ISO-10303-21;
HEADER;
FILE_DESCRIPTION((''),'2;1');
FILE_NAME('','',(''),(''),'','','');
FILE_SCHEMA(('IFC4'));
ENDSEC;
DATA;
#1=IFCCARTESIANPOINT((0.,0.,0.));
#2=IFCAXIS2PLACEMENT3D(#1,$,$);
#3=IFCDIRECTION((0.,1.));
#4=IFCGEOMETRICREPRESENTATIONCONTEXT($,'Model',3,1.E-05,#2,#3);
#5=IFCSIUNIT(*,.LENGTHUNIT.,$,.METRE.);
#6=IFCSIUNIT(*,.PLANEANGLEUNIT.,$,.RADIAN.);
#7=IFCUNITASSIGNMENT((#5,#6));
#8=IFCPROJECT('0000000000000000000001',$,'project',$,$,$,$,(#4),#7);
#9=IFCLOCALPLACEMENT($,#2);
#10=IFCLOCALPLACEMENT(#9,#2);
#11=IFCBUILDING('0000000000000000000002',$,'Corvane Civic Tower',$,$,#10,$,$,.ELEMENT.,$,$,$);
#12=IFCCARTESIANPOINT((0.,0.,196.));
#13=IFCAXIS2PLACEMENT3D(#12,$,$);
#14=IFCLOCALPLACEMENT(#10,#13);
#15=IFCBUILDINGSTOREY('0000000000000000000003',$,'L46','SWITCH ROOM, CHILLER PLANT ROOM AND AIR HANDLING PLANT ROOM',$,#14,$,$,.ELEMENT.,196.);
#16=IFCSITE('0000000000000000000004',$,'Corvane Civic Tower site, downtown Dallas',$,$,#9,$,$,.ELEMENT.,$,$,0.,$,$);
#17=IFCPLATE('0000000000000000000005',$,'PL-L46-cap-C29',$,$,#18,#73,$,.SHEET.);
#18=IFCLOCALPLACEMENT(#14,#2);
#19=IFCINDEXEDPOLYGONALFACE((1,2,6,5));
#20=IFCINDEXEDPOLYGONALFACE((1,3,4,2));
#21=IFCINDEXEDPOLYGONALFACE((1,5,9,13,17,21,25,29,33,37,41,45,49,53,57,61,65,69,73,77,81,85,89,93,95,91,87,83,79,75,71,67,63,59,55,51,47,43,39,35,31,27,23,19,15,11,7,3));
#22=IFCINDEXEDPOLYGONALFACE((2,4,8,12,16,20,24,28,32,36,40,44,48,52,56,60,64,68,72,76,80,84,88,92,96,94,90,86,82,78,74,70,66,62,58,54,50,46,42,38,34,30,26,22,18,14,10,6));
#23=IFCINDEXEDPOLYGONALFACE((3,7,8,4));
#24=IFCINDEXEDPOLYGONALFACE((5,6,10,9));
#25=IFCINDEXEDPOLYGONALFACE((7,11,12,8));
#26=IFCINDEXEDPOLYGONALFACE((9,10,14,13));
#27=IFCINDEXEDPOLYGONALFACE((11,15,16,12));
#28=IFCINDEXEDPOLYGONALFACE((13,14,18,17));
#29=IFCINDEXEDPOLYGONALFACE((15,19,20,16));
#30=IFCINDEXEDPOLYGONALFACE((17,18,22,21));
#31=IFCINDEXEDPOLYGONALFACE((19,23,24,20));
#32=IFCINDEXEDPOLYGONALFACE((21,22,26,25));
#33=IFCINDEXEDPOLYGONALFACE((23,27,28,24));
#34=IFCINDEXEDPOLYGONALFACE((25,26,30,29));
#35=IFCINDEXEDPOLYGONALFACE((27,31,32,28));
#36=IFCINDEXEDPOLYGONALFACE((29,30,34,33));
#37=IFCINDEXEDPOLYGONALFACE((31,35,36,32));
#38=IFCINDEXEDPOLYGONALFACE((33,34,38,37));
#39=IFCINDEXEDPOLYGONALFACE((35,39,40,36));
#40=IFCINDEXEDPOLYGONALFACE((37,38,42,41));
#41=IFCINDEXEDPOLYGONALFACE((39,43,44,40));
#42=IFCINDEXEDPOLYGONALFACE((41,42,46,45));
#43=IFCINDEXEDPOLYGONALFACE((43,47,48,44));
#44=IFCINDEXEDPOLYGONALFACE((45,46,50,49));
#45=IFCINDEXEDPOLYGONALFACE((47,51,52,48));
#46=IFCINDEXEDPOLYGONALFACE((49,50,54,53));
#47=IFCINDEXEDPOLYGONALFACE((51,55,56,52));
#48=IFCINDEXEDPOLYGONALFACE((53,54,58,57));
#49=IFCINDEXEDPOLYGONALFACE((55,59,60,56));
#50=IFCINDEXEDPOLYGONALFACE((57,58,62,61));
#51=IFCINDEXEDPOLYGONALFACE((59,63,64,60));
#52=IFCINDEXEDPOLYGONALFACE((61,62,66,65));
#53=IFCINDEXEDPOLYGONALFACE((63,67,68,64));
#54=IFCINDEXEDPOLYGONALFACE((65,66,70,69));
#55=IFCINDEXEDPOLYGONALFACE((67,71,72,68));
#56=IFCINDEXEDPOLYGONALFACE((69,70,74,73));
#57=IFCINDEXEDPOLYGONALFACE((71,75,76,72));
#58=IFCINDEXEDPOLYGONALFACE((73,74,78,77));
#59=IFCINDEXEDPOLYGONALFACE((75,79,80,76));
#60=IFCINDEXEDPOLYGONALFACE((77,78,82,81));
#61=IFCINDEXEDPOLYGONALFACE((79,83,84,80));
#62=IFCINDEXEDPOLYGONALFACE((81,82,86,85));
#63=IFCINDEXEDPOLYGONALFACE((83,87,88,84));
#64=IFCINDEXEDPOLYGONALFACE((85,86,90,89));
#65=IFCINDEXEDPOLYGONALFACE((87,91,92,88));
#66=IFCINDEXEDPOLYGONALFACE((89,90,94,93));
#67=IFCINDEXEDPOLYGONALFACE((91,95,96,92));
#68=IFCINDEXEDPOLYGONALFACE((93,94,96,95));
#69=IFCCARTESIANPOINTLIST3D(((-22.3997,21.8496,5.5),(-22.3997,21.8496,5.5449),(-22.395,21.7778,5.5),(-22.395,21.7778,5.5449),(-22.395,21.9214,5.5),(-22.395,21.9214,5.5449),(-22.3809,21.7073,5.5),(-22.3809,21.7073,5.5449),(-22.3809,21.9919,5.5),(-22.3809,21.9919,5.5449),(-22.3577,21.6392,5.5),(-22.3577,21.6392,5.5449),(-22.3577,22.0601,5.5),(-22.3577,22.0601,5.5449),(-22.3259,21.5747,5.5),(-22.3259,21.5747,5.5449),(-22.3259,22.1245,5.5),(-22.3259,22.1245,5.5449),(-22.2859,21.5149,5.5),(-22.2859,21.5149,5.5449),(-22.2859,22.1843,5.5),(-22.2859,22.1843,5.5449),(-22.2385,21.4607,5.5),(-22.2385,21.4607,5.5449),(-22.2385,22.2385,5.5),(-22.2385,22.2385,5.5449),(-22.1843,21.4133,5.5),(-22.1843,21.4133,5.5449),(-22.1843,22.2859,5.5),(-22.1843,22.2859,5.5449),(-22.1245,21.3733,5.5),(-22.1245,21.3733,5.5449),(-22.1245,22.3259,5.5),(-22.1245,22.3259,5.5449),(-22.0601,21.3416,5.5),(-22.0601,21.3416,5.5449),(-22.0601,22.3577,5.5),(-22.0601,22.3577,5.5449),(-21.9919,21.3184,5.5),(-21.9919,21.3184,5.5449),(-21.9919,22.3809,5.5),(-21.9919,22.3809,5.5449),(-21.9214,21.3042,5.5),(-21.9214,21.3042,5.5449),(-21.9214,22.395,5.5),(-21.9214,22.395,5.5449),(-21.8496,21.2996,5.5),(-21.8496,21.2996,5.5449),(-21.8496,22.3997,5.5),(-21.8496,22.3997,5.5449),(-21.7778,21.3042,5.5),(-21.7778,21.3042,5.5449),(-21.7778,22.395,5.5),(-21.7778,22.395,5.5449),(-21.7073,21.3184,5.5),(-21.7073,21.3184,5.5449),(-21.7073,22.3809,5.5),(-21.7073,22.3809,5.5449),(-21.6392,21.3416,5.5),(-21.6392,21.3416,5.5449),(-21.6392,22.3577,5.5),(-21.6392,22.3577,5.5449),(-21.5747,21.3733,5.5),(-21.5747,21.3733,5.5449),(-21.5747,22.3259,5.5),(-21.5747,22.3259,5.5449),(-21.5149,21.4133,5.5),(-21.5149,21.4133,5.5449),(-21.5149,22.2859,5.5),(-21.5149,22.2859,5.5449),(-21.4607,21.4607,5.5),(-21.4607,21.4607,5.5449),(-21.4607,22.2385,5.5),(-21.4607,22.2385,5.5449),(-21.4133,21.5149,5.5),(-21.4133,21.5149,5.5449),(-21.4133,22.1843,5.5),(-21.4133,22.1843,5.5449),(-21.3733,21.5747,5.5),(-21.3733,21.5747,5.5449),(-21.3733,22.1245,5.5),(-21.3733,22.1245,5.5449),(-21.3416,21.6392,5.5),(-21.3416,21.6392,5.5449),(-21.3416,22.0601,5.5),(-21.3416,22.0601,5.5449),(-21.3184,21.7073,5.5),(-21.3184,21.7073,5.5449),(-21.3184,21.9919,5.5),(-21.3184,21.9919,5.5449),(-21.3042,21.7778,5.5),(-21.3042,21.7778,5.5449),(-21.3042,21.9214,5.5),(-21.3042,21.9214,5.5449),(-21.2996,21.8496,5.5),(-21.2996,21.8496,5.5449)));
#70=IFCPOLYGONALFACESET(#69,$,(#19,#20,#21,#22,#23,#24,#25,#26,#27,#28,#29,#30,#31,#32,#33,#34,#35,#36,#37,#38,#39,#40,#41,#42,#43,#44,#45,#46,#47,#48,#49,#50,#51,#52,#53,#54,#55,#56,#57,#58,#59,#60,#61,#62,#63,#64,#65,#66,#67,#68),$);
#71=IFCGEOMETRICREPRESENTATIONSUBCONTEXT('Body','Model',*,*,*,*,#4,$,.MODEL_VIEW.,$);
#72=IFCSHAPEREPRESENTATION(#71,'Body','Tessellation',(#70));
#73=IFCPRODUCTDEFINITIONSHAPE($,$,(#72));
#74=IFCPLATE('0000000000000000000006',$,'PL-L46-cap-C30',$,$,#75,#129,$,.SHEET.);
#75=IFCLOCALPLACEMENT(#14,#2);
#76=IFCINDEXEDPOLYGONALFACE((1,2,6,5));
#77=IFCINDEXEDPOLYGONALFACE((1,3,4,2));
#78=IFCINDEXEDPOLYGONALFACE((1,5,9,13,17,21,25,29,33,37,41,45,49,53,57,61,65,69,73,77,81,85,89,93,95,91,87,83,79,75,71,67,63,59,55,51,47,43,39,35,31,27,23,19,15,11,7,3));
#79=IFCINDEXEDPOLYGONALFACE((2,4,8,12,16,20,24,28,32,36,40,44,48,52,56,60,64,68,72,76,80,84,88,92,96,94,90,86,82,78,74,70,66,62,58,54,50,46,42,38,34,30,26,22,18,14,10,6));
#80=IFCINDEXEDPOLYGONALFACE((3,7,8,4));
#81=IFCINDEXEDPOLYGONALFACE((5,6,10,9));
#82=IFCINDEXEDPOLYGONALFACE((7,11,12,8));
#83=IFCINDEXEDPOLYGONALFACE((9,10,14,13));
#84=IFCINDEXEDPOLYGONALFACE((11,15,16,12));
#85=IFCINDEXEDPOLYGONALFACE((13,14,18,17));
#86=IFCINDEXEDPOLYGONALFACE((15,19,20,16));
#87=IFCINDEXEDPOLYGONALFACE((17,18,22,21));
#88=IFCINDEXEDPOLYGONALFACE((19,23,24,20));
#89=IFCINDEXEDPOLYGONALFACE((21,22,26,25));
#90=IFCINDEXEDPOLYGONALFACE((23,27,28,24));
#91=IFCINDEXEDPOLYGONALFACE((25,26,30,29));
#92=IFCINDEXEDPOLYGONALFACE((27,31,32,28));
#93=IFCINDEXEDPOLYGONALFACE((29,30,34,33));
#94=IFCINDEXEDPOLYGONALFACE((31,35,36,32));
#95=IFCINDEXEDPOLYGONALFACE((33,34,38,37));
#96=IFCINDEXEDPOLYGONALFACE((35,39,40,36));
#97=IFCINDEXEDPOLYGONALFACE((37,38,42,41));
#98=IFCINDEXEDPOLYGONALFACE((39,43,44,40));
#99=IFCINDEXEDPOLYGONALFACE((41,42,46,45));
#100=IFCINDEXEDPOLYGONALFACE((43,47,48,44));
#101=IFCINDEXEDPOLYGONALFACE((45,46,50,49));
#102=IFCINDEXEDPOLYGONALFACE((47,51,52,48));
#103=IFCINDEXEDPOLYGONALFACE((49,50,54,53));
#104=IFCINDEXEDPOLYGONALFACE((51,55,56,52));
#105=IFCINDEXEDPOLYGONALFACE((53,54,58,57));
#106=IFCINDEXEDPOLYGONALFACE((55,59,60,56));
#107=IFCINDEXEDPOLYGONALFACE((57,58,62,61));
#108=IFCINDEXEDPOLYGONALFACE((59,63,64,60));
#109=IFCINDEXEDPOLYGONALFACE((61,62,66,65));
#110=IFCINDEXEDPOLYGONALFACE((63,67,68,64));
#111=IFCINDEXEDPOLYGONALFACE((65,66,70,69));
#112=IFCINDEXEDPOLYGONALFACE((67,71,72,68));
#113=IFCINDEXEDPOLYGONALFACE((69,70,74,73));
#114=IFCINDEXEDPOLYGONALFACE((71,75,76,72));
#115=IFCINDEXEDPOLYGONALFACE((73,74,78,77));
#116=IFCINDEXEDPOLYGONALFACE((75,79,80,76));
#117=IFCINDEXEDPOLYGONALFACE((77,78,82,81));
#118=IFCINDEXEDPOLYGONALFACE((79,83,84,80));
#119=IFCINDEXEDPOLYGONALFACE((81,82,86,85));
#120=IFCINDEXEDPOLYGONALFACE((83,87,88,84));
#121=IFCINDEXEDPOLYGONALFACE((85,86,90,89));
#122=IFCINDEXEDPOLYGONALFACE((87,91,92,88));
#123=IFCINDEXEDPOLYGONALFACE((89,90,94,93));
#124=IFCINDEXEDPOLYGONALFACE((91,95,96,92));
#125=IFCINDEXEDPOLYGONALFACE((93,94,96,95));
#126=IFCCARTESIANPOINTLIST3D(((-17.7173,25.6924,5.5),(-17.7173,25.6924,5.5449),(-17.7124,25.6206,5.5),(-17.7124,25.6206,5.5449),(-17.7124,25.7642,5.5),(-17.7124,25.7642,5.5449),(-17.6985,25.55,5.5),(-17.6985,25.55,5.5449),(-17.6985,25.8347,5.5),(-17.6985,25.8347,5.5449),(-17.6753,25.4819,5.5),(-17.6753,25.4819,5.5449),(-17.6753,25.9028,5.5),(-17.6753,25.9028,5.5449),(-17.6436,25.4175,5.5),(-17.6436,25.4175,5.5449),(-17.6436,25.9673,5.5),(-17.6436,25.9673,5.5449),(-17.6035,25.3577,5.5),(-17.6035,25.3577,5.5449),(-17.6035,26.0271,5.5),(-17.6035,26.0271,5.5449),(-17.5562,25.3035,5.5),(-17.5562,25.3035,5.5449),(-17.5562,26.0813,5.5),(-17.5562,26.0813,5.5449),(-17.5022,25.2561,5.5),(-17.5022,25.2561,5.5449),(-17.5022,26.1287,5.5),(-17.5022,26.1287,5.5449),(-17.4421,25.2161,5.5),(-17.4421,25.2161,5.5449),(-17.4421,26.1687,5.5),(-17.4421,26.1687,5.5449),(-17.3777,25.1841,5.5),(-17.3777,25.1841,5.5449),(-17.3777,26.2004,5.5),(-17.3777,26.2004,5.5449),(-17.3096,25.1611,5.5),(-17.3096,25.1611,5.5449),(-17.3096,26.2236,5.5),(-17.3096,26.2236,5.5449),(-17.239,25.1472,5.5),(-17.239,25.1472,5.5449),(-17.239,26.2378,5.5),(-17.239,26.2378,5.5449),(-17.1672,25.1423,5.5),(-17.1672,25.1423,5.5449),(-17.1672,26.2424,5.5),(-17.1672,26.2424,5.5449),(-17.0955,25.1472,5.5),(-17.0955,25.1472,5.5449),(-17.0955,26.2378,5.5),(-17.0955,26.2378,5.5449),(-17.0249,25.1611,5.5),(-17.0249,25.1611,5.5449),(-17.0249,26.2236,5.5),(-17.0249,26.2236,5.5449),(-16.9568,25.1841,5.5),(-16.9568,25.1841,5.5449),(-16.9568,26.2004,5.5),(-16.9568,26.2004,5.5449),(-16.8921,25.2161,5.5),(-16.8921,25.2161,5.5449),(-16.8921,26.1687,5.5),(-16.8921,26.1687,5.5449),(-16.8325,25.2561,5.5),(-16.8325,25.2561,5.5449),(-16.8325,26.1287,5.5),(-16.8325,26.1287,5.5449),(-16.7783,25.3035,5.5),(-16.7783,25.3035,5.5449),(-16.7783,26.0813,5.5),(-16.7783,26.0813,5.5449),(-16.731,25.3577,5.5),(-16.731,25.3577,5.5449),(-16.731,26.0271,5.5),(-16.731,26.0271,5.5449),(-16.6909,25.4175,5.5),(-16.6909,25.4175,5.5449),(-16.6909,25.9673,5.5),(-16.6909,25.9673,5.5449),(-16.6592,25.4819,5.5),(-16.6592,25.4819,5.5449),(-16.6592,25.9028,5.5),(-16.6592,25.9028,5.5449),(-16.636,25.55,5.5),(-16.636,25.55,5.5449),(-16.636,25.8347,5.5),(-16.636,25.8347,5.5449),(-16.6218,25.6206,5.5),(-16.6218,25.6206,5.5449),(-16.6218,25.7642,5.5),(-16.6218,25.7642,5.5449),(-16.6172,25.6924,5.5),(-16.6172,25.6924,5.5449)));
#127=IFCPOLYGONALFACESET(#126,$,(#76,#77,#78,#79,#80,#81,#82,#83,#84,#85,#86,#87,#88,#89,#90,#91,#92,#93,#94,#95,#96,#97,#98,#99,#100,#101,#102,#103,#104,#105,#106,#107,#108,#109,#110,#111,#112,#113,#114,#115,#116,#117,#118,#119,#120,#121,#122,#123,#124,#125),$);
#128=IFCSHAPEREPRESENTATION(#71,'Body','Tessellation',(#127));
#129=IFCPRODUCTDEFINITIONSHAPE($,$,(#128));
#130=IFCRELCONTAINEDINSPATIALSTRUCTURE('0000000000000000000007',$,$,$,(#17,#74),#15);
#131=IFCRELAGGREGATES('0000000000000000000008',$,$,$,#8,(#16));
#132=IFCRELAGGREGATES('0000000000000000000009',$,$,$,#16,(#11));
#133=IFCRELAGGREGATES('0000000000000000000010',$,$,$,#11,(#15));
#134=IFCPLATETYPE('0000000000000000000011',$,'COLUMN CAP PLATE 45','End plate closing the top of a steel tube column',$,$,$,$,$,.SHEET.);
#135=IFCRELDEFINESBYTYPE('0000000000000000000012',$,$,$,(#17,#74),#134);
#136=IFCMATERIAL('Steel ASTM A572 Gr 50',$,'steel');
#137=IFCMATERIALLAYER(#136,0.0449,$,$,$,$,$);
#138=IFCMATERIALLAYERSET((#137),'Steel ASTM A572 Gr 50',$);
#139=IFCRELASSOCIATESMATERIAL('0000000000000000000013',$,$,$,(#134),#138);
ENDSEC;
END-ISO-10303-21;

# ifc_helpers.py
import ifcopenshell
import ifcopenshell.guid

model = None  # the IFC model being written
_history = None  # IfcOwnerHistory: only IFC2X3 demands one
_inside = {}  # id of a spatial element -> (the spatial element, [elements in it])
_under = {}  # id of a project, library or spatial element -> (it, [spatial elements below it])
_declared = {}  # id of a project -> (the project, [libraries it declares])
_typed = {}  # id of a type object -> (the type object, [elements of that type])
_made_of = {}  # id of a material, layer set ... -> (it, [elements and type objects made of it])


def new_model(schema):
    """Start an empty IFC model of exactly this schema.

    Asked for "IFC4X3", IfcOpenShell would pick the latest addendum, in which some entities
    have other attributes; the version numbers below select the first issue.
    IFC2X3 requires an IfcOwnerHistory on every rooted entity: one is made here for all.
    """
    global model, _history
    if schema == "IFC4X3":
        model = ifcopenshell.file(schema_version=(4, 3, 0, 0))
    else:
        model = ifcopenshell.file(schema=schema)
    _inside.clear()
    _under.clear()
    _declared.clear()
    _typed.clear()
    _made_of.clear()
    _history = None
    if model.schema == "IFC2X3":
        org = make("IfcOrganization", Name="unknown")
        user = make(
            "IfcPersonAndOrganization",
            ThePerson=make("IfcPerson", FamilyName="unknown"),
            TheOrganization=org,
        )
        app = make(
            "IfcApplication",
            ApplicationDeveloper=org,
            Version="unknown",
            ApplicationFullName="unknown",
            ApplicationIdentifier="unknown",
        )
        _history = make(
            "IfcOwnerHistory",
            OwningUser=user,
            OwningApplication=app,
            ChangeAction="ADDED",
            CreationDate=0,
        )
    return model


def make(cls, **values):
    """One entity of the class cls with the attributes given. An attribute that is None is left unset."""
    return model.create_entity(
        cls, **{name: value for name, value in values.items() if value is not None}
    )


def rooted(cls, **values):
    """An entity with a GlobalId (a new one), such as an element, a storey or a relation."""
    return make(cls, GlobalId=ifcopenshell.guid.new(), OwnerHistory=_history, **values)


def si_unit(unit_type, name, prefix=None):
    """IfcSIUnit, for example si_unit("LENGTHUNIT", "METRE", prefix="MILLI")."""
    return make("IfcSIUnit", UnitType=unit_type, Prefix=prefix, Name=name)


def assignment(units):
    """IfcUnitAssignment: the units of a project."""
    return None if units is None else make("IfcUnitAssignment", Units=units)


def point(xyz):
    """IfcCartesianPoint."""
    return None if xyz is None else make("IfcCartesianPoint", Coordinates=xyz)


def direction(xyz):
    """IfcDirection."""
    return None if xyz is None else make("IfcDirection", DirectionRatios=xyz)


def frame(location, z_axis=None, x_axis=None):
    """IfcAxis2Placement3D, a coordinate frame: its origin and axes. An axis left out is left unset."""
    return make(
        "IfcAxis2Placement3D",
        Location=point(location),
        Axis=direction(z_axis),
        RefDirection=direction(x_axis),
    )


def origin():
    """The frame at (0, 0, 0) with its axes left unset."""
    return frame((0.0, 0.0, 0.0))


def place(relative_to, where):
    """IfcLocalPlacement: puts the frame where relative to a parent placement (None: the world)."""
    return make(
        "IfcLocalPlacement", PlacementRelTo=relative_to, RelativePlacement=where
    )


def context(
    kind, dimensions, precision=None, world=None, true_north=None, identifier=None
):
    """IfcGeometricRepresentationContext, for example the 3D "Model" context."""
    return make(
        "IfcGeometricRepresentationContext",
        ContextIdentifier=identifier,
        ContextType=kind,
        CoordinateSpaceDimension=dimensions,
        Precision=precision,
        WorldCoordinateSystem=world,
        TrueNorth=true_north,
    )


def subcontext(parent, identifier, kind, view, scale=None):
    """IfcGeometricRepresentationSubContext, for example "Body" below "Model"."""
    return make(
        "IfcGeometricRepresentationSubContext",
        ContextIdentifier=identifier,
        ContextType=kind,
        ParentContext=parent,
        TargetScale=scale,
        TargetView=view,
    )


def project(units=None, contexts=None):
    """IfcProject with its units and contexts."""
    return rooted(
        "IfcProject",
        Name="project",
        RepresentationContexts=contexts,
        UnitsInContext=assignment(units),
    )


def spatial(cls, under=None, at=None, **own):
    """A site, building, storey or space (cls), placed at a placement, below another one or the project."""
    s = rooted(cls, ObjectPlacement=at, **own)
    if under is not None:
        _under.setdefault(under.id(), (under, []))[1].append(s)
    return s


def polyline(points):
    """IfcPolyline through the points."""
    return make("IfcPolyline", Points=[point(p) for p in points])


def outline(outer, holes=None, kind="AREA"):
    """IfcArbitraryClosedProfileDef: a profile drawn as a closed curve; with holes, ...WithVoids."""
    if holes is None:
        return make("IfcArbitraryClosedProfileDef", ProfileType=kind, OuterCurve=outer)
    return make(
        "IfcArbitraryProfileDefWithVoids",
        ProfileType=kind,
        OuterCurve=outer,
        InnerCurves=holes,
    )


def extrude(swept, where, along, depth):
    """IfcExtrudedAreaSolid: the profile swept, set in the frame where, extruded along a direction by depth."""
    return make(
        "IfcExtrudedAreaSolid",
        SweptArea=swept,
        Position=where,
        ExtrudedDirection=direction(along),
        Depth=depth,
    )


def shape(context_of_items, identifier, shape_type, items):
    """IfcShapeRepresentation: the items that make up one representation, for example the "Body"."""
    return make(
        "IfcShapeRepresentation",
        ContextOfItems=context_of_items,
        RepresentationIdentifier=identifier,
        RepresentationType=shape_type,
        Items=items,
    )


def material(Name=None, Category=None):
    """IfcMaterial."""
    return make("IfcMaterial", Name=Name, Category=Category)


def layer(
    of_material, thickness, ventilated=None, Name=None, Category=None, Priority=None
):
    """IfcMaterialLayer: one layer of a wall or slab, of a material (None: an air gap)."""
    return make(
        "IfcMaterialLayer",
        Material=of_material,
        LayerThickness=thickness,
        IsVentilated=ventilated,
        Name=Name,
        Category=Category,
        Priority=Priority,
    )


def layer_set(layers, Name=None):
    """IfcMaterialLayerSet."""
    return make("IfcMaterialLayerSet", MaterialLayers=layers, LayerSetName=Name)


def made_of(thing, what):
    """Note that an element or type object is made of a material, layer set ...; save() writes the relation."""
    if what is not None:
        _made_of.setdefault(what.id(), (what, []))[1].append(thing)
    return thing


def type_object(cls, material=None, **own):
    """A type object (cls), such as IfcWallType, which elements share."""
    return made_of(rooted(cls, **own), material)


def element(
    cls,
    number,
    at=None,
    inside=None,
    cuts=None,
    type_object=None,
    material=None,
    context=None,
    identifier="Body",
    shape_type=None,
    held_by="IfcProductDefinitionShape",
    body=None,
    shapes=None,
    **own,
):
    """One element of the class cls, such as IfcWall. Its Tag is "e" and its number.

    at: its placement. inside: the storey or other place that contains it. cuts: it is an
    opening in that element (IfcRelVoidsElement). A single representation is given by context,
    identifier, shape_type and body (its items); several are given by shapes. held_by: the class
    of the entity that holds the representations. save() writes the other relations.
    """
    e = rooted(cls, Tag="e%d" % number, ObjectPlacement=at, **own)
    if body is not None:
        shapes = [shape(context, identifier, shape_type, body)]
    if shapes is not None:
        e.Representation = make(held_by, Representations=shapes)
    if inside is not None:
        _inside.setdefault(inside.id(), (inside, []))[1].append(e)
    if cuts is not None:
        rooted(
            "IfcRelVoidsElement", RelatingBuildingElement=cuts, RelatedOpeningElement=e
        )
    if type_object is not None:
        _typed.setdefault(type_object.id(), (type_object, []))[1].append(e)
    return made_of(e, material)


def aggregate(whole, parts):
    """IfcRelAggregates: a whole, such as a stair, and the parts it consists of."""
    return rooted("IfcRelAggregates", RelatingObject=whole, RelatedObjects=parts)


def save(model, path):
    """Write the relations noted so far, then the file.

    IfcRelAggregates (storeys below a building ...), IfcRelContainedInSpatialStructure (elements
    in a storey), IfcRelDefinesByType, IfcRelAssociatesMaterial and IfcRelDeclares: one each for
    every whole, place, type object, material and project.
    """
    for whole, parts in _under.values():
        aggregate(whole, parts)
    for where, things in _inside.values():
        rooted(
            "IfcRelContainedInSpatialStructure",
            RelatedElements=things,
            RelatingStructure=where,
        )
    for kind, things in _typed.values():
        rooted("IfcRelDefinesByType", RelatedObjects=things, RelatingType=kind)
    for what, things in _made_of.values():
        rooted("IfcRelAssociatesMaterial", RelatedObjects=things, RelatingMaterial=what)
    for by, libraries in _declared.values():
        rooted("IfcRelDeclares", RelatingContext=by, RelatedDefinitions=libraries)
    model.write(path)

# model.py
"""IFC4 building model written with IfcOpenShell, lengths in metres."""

from ifc_helpers import new_model, si_unit, direction, frame, origin, place, context, subcontext, project, spatial, polyline, outline, extrude, material, layer, layer_set, type_object, element, save


model = new_model("IFC4")

# Units and contexts
model_context = context("Model", 3, precision=1e-05, world=origin(), true_north=direction((0.0, 1.0)))
body_context = subcontext(model_context, "Body", "Model", "MODEL_VIEW")
ifc_project = project(units=[si_unit("LENGTHUNIT", "METRE"), si_unit("PLANEANGLEUNIT", "RADIAN")], contexts=[model_context])

# Site, building, storey
site_placement = place(None, origin())
site = spatial("IfcSite", under=ifc_project, at=site_placement, Name="Corvane Civic Tower site, downtown Dallas", CompositionType="ELEMENT", RefElevation=0.0)
building_placement = place(site_placement, origin())
building = spatial("IfcBuilding", under=site, at=building_placement, Name="Corvane Civic Tower", CompositionType="ELEMENT")
storey_placement = place(building_placement, frame((0.0, 0.0, 196.0)))
storey = spatial("IfcBuildingStorey", under=building, at=storey_placement, Name="L46", Description="SWITCH ROOM, CHILLER PLANT ROOM AND AIR HANDLING PLANT ROOM", CompositionType="ELEMENT", Elevation=196.0)

# Plates
ifc_material_1 = material(Name="Steel ASTM A572 Gr 50", Category="steel")
ifc_layer_1 = layer(ifc_material_1, 0.0449)
ifc_layer_set_1 = layer_set([ifc_layer_1], Name="Steel ASTM A572 Gr 50")
plate_type = type_object("IfcPlateType", Name="COLUMN CAP PLATE 45", Description="End plate closing the top of a steel tube column", PredefinedType="SHEET", material=ifc_layer_set_1)
plate_1_placement = place(storey_placement, frame((0.0, 0.0, 5.5)))
element("IfcPlate", 1, at=plate_1_placement, inside=storey, type_object=plate_type, Name="PL-L46-cap-C29", PredefinedType="SHEET", context=body_context, shape_type="SweptSolid", body=[
    extrude(outline(polyline([(-21.2996, 21.8496), (-21.3042, 21.9214), (-21.3184, 21.9919), (-21.3416, 22.0601), (-21.3733, 22.1245), (-21.4133, 22.1843), (-21.4607, 22.2385), (-21.5149, 22.2859), (-21.5747, 22.3259), (-21.6392, 22.3577), (-21.7073, 22.3809), (-21.7778, 22.395), (-21.8496, 22.3997), (-21.9214, 22.395), (-21.9919, 22.3809), (-22.0601, 22.3577), (-22.1245, 22.3259), (-22.1843, 22.2859), (-22.2385, 22.2385), (-22.2859, 22.1843), (-22.3259, 22.1245), (-22.3577, 22.0601), (-22.3809, 21.9919), (-22.395, 21.9214), (-22.3997, 21.8496), (-22.395, 21.7778), (-22.3809, 21.7073), (-22.3577, 21.6392), (-22.3259, 21.5747), (-22.2859, 21.5149), (-22.2385, 21.4607), (-22.1843, 21.4133), (-22.1245, 21.3733), (-22.0601, 21.3416), (-21.9919, 21.3184), (-21.9214, 21.3042), (-21.8496, 21.2996), (-21.7778, 21.3042), (-21.7073, 21.3184), (-21.6392, 21.3416), (-21.5747, 21.3733), (-21.5149, 21.4133), (-21.4607, 21.4607), (-21.4133, 21.5149), (-21.3733, 21.5747), (-21.3416, 21.6392), (-21.3184, 21.7073), (-21.3042, 21.7778), (-21.2996, 21.8496)])), origin(), (0.0, 0.0, 1.0), 0.0449),
])
plate_2_placement = place(storey_placement, frame((0.0, 0.0, 5.5)))
element("IfcPlate", 2, at=plate_2_placement, inside=storey, type_object=plate_type, Name="PL-L46-cap-C30", PredefinedType="SHEET", context=body_context, shape_type="SweptSolid", body=[
    extrude(outline(polyline([(-16.6172, 25.6924), (-16.6218, 25.7642), (-16.636, 25.8347), (-16.6592, 25.9028), (-16.6909, 25.9673), (-16.731, 26.0271), (-16.7783, 26.0813), (-16.8325, 26.1287), (-16.8921, 26.1687), (-16.9568, 26.2004), (-17.0249, 26.2236), (-17.0955, 26.2378), (-17.1672, 26.2424), (-17.239, 26.2378), (-17.3096, 26.2236), (-17.3777, 26.2004), (-17.4421, 26.1687), (-17.5022, 26.1287), (-17.5562, 26.0813), (-17.6035, 26.0271), (-17.6436, 25.9673), (-17.6753, 25.9028), (-17.6985, 25.8347), (-17.7124, 25.7642), (-17.7173, 25.6924), (-17.7124, 25.6206), (-17.6985, 25.55), (-17.6753, 25.4819), (-17.6436, 25.4175), (-17.6035, 25.3577), (-17.5562, 25.3035), (-17.5022, 25.2561), (-17.4421, 25.2161), (-17.3777, 25.1841), (-17.3096, 25.1611), (-17.239, 25.1472), (-17.1672, 25.1423), (-17.0955, 25.1472), (-17.0249, 25.1611), (-16.9568, 25.1841), (-16.8921, 25.2161), (-16.8325, 25.2561), (-16.7783, 25.3035), (-16.731, 25.3577), (-16.6909, 25.4175), (-16.6592, 25.4819), (-16.636, 25.55), (-16.6218, 25.6206), (-16.6172, 25.6924)])), origin(), (0.0, 0.0, 1.0), 0.0449),
])

save(model, "model.ifc")
